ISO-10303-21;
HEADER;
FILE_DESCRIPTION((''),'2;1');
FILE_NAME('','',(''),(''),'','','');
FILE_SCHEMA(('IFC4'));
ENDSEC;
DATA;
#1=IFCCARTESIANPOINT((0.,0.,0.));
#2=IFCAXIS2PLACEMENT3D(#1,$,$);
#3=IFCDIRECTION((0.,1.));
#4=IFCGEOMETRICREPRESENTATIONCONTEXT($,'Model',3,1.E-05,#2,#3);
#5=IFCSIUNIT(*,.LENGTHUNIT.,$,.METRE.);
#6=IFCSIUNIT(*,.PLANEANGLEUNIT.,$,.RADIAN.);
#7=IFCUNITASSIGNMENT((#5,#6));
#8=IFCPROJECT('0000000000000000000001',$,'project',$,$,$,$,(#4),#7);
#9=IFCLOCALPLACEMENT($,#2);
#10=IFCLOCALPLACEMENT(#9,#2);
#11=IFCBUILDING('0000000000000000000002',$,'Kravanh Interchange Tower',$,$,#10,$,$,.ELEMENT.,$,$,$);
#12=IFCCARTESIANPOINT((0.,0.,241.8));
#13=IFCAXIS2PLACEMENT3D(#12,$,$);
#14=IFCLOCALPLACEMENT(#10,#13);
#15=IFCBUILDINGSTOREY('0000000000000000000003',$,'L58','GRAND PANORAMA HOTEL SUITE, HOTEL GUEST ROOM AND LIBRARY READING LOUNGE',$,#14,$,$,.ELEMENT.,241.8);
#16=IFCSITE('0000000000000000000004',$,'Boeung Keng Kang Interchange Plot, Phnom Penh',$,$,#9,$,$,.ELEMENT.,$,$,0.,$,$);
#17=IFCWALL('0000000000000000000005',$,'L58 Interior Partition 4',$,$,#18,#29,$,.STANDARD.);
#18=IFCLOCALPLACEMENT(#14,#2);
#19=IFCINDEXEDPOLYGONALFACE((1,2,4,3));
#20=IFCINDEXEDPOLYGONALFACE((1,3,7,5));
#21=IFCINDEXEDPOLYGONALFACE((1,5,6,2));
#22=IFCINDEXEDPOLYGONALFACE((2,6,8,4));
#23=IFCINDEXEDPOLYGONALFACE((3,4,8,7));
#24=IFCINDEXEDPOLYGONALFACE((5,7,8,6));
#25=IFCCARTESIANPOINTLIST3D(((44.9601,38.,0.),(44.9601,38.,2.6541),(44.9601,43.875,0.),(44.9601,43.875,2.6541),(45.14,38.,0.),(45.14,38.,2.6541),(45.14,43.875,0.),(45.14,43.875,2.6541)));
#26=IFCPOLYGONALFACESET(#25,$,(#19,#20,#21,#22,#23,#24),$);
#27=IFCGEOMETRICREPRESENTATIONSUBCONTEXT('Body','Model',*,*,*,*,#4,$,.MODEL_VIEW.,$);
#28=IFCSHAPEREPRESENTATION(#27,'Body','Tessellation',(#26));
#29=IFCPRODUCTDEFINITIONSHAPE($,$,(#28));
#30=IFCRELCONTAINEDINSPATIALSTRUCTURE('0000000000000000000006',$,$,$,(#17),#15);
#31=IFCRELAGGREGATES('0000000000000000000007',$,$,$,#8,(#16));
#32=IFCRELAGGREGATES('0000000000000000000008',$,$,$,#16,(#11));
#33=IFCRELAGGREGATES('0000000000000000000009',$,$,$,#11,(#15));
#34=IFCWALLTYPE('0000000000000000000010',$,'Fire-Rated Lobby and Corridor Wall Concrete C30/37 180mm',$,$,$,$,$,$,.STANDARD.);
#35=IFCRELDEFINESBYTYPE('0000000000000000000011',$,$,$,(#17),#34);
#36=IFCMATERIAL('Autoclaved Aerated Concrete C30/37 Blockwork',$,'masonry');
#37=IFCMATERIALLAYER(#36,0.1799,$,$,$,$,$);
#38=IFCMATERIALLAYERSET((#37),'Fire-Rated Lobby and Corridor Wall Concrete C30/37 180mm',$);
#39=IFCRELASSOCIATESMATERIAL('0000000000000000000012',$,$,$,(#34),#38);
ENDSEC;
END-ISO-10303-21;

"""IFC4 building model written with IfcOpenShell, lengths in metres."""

from ifc_helpers import new_model, si_unit, direction, frame, frame_2d, origin, place, context, subcontext, project, spatial, rectangle, extrude, material, layer, layer_set, type_object, element, save


model = new_model("IFC4")

# Units and contexts
model_context = context("Model", 3, precision=1e-05, world=origin(), true_north=direction((0.0, 1.0)))
body_context = subcontext(model_context, "Body", "Model", "MODEL_VIEW")
ifc_project = project(units=[si_unit("LENGTHUNIT", "METRE"), si_unit("PLANEANGLEUNIT", "RADIAN")], contexts=[model_context])

# Site, building, storey
site_placement = place(None, origin())
site = spatial("IfcSite", under=ifc_project, at=site_placement, Name="Boeung Keng Kang Interchange Plot, Phnom Penh", CompositionType="ELEMENT", RefElevation=0.0)
building_placement = place(site_placement, origin())
building = spatial("IfcBuilding", under=site, at=building_placement, Name="Kravanh Interchange Tower", CompositionType="ELEMENT")
storey_placement = place(building_placement, frame((0.0, 0.0, 241.8)))
storey = spatial("IfcBuildingStorey", under=building, at=storey_placement, Name="L58", Description="GRAND PANORAMA HOTEL SUITE, HOTEL GUEST ROOM AND LIBRARY READING LOUNGE", CompositionType="ELEMENT", Elevation=241.8)

# Shared definitions
ifc_material_1 = material(Name="Autoclaved Aerated Concrete C30/37 Blockwork", Category="masonry")
ifc_layer_1 = layer(ifc_material_1, 0.1799)
ifc_layer_set_1 = layer_set([ifc_layer_1], Name="Fire-Rated Lobby and Corridor Wall Concrete C30/37 180mm")
wall_type_1 = type_object("IfcWallType", Name="Fire-Rated Lobby and Corridor Wall Concrete C30/37 180mm", PredefinedType="STANDARD", material=ifc_layer_set_1)

# Wall
wall_1_placement = place(storey_placement, frame((45.05, 38.0, 0.0), z_axis=(0.0, 0.0, 1.0), x_axis=(0.0, 1.0, 0.0)))
element("IfcWall", 1, at=wall_1_placement, inside=storey, type_object=wall_type_1, Name="L58 Interior Partition 4", PredefinedType="STANDARD", context=body_context, shape_type="SweptSolid", body=[
    extrude(rectangle(XDim=5.875, YDim=0.1799, at=frame_2d((2.9375, 0.0))), origin(), (0.0, 0.0, 1.0), 2.6541),
])

save(model, "model.ifc")
